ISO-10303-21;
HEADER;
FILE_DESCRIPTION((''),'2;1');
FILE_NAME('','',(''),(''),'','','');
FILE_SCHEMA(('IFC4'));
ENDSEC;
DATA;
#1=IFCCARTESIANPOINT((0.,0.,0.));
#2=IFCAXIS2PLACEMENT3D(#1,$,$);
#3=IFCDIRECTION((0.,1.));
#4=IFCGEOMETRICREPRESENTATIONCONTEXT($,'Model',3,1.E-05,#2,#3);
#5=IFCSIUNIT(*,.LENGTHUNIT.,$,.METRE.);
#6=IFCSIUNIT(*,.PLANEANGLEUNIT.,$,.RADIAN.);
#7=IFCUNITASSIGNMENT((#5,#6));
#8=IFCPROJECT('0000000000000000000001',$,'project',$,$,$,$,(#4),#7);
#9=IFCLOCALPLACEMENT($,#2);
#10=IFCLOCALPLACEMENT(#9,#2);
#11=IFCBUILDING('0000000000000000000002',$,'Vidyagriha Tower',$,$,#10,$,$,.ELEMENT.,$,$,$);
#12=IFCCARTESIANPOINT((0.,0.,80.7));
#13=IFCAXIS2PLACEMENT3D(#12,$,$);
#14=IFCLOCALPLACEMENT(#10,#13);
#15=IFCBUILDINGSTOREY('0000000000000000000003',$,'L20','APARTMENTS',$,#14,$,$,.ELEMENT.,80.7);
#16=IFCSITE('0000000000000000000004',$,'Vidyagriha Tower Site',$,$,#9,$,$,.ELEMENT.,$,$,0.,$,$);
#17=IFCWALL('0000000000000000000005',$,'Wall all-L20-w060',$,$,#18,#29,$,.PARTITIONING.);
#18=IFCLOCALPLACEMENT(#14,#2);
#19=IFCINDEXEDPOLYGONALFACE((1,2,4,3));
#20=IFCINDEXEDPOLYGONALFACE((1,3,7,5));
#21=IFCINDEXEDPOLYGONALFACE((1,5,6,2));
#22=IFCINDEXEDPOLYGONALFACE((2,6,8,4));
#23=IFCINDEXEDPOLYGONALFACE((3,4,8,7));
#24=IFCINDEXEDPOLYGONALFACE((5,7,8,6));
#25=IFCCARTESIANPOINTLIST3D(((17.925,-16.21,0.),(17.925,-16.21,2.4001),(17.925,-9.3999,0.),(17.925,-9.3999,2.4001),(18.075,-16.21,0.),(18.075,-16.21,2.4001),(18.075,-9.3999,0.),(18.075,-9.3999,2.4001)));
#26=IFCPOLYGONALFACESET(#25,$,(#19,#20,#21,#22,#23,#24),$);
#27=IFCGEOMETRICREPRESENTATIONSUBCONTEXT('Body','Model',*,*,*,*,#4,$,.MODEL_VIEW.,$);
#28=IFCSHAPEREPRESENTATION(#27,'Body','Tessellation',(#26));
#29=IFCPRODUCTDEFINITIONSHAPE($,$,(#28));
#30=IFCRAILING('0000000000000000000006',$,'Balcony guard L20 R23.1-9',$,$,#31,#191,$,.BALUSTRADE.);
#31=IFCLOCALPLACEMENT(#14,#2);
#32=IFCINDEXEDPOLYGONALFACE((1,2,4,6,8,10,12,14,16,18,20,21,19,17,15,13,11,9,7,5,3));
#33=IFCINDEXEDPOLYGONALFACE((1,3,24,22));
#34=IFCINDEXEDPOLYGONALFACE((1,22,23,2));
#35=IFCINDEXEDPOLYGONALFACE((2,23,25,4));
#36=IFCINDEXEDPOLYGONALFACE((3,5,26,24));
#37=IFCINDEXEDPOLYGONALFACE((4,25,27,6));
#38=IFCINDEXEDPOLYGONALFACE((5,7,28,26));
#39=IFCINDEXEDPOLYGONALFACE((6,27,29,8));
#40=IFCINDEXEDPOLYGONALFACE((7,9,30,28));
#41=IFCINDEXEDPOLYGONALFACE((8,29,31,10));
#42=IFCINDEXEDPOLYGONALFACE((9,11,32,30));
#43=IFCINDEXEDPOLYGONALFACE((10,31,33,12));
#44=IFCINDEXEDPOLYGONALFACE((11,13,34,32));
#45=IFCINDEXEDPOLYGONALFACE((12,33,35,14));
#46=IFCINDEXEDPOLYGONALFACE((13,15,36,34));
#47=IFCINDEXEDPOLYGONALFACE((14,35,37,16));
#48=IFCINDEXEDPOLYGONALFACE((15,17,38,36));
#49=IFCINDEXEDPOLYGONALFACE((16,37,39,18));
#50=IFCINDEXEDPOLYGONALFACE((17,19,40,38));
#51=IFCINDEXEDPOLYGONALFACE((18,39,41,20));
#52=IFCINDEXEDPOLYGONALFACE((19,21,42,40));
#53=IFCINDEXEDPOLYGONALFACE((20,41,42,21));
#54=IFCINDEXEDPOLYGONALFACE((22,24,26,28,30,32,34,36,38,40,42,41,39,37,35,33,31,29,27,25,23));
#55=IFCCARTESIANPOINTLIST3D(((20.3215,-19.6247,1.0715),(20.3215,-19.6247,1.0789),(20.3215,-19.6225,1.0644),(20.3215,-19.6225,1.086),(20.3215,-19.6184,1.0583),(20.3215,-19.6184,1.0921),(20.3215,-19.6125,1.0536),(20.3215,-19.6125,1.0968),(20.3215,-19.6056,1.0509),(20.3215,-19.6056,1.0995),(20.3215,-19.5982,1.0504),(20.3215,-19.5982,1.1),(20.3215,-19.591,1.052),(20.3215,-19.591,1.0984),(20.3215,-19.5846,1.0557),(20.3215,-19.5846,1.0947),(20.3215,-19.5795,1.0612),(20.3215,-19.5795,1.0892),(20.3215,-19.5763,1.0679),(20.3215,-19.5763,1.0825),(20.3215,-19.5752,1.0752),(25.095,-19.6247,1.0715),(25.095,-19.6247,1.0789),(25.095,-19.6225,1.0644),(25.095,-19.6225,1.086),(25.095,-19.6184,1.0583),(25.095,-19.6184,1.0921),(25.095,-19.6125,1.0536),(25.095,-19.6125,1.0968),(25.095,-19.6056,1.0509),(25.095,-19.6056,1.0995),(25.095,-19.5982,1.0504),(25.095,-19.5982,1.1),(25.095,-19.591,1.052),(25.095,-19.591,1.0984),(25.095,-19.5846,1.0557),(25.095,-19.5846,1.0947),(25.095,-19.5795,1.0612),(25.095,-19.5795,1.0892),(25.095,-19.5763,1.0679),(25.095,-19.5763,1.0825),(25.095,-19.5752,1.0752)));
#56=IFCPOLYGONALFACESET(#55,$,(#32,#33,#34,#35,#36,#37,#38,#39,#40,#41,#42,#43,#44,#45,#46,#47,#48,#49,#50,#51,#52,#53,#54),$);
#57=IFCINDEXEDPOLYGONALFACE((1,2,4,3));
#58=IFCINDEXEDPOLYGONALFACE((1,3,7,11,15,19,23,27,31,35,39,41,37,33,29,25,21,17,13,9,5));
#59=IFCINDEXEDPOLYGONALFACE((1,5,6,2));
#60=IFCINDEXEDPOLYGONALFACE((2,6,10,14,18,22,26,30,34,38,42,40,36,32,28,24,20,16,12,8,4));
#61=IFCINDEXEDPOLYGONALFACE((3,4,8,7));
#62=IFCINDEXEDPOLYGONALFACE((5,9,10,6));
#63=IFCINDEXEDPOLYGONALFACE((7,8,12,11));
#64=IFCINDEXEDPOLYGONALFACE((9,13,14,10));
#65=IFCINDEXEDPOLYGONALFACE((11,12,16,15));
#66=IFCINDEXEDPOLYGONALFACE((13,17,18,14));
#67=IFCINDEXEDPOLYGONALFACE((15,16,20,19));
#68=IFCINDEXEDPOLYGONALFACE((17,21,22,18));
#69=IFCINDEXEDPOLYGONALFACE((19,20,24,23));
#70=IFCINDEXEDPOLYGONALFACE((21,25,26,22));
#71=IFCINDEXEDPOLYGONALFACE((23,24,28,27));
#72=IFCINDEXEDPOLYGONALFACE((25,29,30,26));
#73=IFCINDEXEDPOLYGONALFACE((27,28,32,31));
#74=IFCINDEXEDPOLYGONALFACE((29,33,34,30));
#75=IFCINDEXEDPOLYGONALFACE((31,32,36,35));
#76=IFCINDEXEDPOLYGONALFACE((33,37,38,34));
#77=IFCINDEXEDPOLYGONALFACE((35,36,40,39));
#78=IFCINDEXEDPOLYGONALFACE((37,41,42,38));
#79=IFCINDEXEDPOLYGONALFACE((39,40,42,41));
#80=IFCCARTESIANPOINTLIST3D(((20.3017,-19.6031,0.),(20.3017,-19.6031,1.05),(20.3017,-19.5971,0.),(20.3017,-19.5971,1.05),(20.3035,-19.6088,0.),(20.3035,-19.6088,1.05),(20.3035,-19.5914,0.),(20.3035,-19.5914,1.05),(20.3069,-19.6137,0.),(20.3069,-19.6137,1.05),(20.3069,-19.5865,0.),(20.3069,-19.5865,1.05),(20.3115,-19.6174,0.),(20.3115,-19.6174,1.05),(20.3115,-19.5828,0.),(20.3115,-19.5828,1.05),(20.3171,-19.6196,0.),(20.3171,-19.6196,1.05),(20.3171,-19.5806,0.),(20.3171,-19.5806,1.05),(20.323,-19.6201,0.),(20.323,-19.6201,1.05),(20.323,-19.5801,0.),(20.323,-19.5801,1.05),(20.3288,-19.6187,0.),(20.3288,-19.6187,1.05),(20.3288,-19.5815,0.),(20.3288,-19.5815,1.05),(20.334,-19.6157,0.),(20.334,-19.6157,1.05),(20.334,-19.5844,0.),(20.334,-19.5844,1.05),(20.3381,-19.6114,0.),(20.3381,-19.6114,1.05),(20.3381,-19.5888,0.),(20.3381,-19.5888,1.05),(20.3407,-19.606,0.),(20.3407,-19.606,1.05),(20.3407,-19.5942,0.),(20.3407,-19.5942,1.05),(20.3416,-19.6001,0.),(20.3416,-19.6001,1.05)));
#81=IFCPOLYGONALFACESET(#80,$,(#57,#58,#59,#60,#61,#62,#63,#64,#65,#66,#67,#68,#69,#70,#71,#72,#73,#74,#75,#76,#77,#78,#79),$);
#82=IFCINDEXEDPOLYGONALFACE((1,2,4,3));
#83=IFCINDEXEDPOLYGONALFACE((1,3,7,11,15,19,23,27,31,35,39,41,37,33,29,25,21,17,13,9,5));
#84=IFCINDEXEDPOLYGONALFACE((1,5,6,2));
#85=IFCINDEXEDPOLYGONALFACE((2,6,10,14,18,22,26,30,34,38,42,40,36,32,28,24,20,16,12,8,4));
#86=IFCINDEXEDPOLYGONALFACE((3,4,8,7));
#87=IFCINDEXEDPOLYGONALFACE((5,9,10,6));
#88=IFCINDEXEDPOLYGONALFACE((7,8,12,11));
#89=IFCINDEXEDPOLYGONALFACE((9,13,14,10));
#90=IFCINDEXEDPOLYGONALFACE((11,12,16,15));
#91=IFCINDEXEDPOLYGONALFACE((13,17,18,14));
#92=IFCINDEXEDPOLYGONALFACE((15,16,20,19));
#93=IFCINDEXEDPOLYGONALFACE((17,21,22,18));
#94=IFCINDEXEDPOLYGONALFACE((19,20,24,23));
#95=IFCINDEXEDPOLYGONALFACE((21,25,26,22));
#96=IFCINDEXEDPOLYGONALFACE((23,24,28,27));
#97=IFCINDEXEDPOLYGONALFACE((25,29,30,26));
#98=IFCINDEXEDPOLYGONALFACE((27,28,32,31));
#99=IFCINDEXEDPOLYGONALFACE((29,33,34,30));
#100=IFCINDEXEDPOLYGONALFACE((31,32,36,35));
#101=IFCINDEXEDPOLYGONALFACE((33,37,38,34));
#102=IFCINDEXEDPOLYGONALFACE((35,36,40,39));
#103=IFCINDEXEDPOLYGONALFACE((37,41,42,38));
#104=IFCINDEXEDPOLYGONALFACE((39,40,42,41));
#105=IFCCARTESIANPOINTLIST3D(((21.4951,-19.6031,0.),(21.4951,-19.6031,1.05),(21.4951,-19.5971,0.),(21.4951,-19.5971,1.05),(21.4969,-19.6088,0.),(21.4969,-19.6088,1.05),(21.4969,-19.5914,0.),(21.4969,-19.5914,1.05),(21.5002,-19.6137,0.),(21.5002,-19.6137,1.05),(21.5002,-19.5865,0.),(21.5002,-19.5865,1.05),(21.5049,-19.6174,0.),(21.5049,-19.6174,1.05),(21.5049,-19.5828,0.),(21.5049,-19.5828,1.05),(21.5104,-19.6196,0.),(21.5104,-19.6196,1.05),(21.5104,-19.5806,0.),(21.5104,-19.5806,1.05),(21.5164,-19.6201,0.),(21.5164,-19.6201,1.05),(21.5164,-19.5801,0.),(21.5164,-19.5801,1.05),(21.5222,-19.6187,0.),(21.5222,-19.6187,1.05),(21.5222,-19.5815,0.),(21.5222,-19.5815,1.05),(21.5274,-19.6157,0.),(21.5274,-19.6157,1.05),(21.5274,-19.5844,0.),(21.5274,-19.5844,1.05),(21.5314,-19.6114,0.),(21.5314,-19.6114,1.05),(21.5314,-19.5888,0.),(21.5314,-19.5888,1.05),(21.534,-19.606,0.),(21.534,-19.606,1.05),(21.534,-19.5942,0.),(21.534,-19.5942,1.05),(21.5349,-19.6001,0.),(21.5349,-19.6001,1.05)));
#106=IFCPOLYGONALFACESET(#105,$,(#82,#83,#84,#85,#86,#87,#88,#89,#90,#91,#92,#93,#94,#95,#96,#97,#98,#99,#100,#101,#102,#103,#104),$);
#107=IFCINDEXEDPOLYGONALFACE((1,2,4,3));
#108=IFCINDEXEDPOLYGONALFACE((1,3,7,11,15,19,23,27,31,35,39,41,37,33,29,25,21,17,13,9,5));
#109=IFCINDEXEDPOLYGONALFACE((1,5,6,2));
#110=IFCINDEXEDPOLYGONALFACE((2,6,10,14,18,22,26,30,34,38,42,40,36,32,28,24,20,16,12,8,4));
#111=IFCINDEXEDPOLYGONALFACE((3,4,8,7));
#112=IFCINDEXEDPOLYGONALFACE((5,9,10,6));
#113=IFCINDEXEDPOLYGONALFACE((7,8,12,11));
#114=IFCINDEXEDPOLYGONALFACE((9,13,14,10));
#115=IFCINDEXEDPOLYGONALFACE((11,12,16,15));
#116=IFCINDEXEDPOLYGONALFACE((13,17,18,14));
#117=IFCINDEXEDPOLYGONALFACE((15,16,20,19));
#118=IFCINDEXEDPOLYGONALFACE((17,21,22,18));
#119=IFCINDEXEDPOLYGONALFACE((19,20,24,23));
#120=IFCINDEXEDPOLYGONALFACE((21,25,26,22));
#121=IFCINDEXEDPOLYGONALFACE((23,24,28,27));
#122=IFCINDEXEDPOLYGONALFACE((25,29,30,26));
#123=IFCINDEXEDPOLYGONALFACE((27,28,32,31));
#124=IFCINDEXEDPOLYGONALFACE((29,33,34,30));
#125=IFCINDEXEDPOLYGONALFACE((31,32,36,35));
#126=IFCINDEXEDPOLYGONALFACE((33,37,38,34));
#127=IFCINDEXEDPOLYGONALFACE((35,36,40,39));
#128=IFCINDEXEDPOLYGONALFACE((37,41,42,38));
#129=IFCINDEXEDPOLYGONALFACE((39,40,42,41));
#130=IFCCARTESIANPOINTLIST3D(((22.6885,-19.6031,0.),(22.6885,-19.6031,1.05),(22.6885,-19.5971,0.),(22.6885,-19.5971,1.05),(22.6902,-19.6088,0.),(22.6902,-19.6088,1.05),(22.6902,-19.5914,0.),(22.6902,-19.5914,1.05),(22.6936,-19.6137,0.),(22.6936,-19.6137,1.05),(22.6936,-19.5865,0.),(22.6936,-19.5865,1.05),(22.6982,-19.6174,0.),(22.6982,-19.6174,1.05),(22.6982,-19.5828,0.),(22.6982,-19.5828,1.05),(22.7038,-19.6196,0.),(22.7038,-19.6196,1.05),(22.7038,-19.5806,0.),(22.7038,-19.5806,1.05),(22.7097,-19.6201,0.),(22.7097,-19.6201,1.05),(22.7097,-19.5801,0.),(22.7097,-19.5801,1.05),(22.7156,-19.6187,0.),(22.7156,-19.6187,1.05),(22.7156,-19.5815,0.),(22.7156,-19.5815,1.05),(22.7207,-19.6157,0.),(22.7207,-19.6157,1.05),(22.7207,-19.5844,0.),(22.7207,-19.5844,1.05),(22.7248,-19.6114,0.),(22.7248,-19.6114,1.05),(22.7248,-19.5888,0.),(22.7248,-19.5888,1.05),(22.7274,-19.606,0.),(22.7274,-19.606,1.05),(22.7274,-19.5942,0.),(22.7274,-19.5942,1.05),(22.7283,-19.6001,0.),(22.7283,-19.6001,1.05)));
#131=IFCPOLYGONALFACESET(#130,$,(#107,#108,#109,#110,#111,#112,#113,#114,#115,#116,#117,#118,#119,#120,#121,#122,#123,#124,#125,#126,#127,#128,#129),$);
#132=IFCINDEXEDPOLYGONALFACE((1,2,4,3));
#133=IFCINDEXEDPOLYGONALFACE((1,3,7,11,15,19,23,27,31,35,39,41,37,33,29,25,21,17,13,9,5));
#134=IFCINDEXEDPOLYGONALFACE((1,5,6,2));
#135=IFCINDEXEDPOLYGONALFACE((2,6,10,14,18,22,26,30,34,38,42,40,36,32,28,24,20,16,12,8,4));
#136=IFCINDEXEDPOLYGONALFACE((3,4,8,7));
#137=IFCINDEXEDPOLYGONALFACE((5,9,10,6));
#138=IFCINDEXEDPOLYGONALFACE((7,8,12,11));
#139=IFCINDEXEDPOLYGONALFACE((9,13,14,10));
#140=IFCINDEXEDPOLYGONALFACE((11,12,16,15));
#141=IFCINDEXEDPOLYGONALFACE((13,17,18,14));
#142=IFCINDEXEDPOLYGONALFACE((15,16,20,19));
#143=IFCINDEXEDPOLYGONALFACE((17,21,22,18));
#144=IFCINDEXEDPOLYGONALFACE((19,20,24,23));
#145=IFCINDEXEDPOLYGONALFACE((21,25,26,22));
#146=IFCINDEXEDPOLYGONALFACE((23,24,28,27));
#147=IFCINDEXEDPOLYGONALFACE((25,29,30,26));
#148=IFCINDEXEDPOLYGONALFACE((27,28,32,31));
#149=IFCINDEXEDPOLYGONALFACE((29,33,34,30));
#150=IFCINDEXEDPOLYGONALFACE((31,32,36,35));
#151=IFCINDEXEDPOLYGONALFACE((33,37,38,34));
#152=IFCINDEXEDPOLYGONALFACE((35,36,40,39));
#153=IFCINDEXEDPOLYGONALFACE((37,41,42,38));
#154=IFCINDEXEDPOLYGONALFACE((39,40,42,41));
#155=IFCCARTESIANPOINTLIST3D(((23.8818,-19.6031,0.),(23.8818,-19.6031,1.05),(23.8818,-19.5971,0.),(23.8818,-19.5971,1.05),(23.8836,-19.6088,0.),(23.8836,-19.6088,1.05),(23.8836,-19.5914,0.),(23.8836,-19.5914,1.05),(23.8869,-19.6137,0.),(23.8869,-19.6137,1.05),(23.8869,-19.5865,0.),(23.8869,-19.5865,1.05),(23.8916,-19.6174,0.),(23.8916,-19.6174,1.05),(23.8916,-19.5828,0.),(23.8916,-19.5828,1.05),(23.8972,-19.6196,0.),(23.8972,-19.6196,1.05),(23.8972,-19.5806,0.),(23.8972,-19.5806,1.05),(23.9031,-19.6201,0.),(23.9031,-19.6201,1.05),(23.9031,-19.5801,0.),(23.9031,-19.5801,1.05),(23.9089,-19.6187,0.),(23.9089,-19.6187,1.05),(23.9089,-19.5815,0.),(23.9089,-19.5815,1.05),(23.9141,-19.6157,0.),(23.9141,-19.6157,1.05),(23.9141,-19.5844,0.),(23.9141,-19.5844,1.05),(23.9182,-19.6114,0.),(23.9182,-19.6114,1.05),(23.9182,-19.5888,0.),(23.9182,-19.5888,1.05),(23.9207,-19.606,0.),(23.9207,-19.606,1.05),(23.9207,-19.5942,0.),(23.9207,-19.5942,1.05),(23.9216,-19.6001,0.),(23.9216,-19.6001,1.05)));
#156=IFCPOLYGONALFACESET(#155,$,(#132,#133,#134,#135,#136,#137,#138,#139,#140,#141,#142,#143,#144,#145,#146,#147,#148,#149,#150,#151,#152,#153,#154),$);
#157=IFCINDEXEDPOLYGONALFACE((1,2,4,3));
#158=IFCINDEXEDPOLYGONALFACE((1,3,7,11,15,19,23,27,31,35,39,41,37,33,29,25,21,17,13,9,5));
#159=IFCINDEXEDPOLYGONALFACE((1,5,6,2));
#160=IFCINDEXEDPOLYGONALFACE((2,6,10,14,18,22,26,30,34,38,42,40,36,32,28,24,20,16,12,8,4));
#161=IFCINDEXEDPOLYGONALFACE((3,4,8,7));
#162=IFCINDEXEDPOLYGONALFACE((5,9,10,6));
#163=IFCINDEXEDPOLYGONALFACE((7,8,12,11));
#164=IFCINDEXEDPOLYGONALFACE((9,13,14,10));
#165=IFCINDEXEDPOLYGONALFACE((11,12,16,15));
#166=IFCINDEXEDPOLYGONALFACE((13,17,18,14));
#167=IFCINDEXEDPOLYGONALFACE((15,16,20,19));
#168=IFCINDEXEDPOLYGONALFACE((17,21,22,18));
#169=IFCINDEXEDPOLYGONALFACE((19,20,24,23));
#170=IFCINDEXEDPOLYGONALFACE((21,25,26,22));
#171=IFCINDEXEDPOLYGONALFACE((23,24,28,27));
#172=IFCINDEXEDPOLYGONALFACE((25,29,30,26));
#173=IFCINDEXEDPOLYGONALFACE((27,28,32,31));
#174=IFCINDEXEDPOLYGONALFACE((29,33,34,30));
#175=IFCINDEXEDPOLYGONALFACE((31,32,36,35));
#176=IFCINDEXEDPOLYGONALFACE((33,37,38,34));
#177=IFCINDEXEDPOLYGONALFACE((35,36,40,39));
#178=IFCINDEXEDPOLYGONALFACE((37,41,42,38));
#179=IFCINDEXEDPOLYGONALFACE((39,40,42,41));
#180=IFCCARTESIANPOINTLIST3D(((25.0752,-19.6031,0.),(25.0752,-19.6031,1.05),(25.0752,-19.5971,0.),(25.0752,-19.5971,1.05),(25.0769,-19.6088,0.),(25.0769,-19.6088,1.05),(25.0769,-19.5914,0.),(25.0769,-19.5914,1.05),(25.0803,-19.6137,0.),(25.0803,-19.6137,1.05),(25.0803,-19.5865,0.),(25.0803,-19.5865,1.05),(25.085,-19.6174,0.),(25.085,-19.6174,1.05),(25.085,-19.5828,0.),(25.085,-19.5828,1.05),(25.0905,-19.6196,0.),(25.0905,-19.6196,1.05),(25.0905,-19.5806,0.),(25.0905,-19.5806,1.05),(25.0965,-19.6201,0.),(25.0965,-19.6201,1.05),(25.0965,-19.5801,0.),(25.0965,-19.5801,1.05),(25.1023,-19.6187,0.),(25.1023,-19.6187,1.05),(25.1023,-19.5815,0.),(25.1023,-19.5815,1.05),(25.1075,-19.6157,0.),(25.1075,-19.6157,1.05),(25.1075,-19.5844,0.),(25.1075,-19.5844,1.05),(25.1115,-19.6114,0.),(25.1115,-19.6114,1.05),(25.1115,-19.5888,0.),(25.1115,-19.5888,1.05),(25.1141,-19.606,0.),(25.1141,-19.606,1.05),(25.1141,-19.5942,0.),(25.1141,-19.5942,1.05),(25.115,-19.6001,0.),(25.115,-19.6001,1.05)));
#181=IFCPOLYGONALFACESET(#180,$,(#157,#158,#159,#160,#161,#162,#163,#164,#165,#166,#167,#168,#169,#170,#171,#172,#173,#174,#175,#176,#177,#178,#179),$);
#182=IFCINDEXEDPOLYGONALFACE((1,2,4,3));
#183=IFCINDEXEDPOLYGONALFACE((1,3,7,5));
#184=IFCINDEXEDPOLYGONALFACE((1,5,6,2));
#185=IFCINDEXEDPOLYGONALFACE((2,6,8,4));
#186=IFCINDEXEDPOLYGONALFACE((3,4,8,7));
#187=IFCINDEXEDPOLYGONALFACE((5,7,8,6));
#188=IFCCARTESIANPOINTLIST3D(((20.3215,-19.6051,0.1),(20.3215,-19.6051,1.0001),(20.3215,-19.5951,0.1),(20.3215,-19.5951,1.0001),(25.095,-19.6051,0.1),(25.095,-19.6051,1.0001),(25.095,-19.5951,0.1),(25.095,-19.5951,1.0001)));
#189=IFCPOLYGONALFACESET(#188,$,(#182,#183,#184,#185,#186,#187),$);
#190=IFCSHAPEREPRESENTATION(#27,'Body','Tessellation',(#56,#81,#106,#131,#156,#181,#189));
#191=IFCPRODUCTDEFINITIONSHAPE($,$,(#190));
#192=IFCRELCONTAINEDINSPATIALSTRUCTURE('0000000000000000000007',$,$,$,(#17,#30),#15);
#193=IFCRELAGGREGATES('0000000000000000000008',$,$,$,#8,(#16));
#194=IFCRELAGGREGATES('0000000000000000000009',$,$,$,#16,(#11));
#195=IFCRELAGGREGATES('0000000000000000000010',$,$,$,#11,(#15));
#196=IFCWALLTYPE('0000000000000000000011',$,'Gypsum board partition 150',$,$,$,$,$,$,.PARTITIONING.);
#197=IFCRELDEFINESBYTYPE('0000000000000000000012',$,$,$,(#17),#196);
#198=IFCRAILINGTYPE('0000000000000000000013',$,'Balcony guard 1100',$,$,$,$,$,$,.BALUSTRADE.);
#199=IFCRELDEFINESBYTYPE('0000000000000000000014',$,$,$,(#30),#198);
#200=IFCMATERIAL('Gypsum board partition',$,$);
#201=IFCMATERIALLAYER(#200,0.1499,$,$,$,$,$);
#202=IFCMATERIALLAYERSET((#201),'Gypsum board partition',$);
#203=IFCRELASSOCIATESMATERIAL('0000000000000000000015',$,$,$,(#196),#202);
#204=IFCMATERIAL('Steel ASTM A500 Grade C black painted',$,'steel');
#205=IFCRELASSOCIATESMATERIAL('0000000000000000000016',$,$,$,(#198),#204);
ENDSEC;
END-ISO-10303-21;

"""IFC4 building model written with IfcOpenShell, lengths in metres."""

from ifc_helpers import new_model, si_unit, direction, frame, frame_2d, origin, origin_2d, place, context, subcontext, project, spatial, rectangle, circle, extrude, material, layer, layer_set, type_object, element, save


model = new_model("IFC4")

# Units and contexts
model_context = context("Model", 3, precision=1e-05, world=origin(), true_north=direction((0.0, 1.0)))
body_context = subcontext(model_context, "Body", "Model", "MODEL_VIEW")
ifc_project = project(units=[si_unit("LENGTHUNIT", "METRE"), si_unit("PLANEANGLEUNIT", "RADIAN")], contexts=[model_context])

# Site, building, storey
site_placement = place(None, origin())
site = spatial("IfcSite", under=ifc_project, at=site_placement, Name="Vidyagriha Tower Site", CompositionType="ELEMENT", RefElevation=0.0)
building_placement = place(site_placement, origin())
building = spatial("IfcBuilding", under=site, at=building_placement, Name="Vidyagriha Tower", CompositionType="ELEMENT")
storey_placement = place(building_placement, frame((0.0, 0.0, 80.7)))
storey = spatial("IfcBuildingStorey", under=building, at=storey_placement, Name="L20", Description="APARTMENTS", CompositionType="ELEMENT", Elevation=80.7)

# Shared definitions
ifc_material_1 = material(Name="Gypsum board partition")
ifc_layer_1 = layer(ifc_material_1, 0.1499)
ifc_layer_set_1 = layer_set([ifc_layer_1], Name="Gypsum board partition")
wall_type_1 = type_object("IfcWallType", Name="Gypsum board partition 150", PredefinedType="PARTITIONING", material=ifc_layer_set_1)

# Wall
wall_1_placement = place(storey_placement, frame((18.0, -9.3999, 0.0), z_axis=(0.0, 0.0, 1.0), x_axis=(0.0, -1.0, 0.0)))
element("IfcWall", 1, at=wall_1_placement, inside=storey, type_object=wall_type_1, Name="Wall all-L20-w060", PredefinedType="PARTITIONING", context=body_context, shape_type="SweptSolid", body=[
    extrude(rectangle(XDim=6.8101, YDim=0.1499, at=frame_2d((3.405, 0.0))), origin(), (0.0, 0.0, 1.0), 2.4001),
])

# Railing
ifc_material_2 = material(Name="Steel ASTM A500 Grade C black painted", Category="steel")
railing_type = type_object("IfcRailingType", Name="Balcony guard 1100", PredefinedType="BALUSTRADE", material=ifc_material_2)
railing_1_placement = place(storey_placement, frame((20.3215, -19.6001, 0.0)))
element("IfcRailing", 2, at=railing_1_placement, inside=storey, type_object=railing_type, Name="Balcony guard L20 R23.1-9", PredefinedType="BALUSTRADE", context=body_context, shape_type="SweptSolid", body=[
    extrude(circle(Radius=0.0249, at=origin_2d()), frame((0.0, 0.0, 1.0752), z_axis=(1.0, 0.0, 0.0), x_axis=(0.0, 1.0, 0.0)), (0.0, 0.0, 1.0), 4.7734),
    extrude(circle(Radius=0.02, at=origin_2d()), origin(), (0.0, 0.0, 1.0), 1.05),
    extrude(circle(Radius=0.02, at=origin_2d()), frame((1.1934, 0.0, 0.0)), (0.0, 0.0, 1.0), 1.05),
    extrude(circle(Radius=0.02, at=origin_2d()), frame((2.3867, 0.0, 0.0)), (0.0, 0.0, 1.0), 1.05),
    extrude(circle(Radius=0.02, at=origin_2d()), frame((3.5801, 0.0, 0.0)), (0.0, 0.0, 1.0), 1.05),
    extrude(circle(Radius=0.02, at=origin_2d()), frame((4.7734, 0.0, 0.0)), (0.0, 0.0, 1.0), 1.05),
    extrude(rectangle(XDim=0.01, YDim=0.9001, at=origin_2d()), frame((0.0, 0.0, 0.55), z_axis=(1.0, 0.0, 0.0), x_axis=(0.0, 1.0, 0.0)), (0.0, 0.0, 1.0), 4.7734),
])

save(model, "model.ifc")
